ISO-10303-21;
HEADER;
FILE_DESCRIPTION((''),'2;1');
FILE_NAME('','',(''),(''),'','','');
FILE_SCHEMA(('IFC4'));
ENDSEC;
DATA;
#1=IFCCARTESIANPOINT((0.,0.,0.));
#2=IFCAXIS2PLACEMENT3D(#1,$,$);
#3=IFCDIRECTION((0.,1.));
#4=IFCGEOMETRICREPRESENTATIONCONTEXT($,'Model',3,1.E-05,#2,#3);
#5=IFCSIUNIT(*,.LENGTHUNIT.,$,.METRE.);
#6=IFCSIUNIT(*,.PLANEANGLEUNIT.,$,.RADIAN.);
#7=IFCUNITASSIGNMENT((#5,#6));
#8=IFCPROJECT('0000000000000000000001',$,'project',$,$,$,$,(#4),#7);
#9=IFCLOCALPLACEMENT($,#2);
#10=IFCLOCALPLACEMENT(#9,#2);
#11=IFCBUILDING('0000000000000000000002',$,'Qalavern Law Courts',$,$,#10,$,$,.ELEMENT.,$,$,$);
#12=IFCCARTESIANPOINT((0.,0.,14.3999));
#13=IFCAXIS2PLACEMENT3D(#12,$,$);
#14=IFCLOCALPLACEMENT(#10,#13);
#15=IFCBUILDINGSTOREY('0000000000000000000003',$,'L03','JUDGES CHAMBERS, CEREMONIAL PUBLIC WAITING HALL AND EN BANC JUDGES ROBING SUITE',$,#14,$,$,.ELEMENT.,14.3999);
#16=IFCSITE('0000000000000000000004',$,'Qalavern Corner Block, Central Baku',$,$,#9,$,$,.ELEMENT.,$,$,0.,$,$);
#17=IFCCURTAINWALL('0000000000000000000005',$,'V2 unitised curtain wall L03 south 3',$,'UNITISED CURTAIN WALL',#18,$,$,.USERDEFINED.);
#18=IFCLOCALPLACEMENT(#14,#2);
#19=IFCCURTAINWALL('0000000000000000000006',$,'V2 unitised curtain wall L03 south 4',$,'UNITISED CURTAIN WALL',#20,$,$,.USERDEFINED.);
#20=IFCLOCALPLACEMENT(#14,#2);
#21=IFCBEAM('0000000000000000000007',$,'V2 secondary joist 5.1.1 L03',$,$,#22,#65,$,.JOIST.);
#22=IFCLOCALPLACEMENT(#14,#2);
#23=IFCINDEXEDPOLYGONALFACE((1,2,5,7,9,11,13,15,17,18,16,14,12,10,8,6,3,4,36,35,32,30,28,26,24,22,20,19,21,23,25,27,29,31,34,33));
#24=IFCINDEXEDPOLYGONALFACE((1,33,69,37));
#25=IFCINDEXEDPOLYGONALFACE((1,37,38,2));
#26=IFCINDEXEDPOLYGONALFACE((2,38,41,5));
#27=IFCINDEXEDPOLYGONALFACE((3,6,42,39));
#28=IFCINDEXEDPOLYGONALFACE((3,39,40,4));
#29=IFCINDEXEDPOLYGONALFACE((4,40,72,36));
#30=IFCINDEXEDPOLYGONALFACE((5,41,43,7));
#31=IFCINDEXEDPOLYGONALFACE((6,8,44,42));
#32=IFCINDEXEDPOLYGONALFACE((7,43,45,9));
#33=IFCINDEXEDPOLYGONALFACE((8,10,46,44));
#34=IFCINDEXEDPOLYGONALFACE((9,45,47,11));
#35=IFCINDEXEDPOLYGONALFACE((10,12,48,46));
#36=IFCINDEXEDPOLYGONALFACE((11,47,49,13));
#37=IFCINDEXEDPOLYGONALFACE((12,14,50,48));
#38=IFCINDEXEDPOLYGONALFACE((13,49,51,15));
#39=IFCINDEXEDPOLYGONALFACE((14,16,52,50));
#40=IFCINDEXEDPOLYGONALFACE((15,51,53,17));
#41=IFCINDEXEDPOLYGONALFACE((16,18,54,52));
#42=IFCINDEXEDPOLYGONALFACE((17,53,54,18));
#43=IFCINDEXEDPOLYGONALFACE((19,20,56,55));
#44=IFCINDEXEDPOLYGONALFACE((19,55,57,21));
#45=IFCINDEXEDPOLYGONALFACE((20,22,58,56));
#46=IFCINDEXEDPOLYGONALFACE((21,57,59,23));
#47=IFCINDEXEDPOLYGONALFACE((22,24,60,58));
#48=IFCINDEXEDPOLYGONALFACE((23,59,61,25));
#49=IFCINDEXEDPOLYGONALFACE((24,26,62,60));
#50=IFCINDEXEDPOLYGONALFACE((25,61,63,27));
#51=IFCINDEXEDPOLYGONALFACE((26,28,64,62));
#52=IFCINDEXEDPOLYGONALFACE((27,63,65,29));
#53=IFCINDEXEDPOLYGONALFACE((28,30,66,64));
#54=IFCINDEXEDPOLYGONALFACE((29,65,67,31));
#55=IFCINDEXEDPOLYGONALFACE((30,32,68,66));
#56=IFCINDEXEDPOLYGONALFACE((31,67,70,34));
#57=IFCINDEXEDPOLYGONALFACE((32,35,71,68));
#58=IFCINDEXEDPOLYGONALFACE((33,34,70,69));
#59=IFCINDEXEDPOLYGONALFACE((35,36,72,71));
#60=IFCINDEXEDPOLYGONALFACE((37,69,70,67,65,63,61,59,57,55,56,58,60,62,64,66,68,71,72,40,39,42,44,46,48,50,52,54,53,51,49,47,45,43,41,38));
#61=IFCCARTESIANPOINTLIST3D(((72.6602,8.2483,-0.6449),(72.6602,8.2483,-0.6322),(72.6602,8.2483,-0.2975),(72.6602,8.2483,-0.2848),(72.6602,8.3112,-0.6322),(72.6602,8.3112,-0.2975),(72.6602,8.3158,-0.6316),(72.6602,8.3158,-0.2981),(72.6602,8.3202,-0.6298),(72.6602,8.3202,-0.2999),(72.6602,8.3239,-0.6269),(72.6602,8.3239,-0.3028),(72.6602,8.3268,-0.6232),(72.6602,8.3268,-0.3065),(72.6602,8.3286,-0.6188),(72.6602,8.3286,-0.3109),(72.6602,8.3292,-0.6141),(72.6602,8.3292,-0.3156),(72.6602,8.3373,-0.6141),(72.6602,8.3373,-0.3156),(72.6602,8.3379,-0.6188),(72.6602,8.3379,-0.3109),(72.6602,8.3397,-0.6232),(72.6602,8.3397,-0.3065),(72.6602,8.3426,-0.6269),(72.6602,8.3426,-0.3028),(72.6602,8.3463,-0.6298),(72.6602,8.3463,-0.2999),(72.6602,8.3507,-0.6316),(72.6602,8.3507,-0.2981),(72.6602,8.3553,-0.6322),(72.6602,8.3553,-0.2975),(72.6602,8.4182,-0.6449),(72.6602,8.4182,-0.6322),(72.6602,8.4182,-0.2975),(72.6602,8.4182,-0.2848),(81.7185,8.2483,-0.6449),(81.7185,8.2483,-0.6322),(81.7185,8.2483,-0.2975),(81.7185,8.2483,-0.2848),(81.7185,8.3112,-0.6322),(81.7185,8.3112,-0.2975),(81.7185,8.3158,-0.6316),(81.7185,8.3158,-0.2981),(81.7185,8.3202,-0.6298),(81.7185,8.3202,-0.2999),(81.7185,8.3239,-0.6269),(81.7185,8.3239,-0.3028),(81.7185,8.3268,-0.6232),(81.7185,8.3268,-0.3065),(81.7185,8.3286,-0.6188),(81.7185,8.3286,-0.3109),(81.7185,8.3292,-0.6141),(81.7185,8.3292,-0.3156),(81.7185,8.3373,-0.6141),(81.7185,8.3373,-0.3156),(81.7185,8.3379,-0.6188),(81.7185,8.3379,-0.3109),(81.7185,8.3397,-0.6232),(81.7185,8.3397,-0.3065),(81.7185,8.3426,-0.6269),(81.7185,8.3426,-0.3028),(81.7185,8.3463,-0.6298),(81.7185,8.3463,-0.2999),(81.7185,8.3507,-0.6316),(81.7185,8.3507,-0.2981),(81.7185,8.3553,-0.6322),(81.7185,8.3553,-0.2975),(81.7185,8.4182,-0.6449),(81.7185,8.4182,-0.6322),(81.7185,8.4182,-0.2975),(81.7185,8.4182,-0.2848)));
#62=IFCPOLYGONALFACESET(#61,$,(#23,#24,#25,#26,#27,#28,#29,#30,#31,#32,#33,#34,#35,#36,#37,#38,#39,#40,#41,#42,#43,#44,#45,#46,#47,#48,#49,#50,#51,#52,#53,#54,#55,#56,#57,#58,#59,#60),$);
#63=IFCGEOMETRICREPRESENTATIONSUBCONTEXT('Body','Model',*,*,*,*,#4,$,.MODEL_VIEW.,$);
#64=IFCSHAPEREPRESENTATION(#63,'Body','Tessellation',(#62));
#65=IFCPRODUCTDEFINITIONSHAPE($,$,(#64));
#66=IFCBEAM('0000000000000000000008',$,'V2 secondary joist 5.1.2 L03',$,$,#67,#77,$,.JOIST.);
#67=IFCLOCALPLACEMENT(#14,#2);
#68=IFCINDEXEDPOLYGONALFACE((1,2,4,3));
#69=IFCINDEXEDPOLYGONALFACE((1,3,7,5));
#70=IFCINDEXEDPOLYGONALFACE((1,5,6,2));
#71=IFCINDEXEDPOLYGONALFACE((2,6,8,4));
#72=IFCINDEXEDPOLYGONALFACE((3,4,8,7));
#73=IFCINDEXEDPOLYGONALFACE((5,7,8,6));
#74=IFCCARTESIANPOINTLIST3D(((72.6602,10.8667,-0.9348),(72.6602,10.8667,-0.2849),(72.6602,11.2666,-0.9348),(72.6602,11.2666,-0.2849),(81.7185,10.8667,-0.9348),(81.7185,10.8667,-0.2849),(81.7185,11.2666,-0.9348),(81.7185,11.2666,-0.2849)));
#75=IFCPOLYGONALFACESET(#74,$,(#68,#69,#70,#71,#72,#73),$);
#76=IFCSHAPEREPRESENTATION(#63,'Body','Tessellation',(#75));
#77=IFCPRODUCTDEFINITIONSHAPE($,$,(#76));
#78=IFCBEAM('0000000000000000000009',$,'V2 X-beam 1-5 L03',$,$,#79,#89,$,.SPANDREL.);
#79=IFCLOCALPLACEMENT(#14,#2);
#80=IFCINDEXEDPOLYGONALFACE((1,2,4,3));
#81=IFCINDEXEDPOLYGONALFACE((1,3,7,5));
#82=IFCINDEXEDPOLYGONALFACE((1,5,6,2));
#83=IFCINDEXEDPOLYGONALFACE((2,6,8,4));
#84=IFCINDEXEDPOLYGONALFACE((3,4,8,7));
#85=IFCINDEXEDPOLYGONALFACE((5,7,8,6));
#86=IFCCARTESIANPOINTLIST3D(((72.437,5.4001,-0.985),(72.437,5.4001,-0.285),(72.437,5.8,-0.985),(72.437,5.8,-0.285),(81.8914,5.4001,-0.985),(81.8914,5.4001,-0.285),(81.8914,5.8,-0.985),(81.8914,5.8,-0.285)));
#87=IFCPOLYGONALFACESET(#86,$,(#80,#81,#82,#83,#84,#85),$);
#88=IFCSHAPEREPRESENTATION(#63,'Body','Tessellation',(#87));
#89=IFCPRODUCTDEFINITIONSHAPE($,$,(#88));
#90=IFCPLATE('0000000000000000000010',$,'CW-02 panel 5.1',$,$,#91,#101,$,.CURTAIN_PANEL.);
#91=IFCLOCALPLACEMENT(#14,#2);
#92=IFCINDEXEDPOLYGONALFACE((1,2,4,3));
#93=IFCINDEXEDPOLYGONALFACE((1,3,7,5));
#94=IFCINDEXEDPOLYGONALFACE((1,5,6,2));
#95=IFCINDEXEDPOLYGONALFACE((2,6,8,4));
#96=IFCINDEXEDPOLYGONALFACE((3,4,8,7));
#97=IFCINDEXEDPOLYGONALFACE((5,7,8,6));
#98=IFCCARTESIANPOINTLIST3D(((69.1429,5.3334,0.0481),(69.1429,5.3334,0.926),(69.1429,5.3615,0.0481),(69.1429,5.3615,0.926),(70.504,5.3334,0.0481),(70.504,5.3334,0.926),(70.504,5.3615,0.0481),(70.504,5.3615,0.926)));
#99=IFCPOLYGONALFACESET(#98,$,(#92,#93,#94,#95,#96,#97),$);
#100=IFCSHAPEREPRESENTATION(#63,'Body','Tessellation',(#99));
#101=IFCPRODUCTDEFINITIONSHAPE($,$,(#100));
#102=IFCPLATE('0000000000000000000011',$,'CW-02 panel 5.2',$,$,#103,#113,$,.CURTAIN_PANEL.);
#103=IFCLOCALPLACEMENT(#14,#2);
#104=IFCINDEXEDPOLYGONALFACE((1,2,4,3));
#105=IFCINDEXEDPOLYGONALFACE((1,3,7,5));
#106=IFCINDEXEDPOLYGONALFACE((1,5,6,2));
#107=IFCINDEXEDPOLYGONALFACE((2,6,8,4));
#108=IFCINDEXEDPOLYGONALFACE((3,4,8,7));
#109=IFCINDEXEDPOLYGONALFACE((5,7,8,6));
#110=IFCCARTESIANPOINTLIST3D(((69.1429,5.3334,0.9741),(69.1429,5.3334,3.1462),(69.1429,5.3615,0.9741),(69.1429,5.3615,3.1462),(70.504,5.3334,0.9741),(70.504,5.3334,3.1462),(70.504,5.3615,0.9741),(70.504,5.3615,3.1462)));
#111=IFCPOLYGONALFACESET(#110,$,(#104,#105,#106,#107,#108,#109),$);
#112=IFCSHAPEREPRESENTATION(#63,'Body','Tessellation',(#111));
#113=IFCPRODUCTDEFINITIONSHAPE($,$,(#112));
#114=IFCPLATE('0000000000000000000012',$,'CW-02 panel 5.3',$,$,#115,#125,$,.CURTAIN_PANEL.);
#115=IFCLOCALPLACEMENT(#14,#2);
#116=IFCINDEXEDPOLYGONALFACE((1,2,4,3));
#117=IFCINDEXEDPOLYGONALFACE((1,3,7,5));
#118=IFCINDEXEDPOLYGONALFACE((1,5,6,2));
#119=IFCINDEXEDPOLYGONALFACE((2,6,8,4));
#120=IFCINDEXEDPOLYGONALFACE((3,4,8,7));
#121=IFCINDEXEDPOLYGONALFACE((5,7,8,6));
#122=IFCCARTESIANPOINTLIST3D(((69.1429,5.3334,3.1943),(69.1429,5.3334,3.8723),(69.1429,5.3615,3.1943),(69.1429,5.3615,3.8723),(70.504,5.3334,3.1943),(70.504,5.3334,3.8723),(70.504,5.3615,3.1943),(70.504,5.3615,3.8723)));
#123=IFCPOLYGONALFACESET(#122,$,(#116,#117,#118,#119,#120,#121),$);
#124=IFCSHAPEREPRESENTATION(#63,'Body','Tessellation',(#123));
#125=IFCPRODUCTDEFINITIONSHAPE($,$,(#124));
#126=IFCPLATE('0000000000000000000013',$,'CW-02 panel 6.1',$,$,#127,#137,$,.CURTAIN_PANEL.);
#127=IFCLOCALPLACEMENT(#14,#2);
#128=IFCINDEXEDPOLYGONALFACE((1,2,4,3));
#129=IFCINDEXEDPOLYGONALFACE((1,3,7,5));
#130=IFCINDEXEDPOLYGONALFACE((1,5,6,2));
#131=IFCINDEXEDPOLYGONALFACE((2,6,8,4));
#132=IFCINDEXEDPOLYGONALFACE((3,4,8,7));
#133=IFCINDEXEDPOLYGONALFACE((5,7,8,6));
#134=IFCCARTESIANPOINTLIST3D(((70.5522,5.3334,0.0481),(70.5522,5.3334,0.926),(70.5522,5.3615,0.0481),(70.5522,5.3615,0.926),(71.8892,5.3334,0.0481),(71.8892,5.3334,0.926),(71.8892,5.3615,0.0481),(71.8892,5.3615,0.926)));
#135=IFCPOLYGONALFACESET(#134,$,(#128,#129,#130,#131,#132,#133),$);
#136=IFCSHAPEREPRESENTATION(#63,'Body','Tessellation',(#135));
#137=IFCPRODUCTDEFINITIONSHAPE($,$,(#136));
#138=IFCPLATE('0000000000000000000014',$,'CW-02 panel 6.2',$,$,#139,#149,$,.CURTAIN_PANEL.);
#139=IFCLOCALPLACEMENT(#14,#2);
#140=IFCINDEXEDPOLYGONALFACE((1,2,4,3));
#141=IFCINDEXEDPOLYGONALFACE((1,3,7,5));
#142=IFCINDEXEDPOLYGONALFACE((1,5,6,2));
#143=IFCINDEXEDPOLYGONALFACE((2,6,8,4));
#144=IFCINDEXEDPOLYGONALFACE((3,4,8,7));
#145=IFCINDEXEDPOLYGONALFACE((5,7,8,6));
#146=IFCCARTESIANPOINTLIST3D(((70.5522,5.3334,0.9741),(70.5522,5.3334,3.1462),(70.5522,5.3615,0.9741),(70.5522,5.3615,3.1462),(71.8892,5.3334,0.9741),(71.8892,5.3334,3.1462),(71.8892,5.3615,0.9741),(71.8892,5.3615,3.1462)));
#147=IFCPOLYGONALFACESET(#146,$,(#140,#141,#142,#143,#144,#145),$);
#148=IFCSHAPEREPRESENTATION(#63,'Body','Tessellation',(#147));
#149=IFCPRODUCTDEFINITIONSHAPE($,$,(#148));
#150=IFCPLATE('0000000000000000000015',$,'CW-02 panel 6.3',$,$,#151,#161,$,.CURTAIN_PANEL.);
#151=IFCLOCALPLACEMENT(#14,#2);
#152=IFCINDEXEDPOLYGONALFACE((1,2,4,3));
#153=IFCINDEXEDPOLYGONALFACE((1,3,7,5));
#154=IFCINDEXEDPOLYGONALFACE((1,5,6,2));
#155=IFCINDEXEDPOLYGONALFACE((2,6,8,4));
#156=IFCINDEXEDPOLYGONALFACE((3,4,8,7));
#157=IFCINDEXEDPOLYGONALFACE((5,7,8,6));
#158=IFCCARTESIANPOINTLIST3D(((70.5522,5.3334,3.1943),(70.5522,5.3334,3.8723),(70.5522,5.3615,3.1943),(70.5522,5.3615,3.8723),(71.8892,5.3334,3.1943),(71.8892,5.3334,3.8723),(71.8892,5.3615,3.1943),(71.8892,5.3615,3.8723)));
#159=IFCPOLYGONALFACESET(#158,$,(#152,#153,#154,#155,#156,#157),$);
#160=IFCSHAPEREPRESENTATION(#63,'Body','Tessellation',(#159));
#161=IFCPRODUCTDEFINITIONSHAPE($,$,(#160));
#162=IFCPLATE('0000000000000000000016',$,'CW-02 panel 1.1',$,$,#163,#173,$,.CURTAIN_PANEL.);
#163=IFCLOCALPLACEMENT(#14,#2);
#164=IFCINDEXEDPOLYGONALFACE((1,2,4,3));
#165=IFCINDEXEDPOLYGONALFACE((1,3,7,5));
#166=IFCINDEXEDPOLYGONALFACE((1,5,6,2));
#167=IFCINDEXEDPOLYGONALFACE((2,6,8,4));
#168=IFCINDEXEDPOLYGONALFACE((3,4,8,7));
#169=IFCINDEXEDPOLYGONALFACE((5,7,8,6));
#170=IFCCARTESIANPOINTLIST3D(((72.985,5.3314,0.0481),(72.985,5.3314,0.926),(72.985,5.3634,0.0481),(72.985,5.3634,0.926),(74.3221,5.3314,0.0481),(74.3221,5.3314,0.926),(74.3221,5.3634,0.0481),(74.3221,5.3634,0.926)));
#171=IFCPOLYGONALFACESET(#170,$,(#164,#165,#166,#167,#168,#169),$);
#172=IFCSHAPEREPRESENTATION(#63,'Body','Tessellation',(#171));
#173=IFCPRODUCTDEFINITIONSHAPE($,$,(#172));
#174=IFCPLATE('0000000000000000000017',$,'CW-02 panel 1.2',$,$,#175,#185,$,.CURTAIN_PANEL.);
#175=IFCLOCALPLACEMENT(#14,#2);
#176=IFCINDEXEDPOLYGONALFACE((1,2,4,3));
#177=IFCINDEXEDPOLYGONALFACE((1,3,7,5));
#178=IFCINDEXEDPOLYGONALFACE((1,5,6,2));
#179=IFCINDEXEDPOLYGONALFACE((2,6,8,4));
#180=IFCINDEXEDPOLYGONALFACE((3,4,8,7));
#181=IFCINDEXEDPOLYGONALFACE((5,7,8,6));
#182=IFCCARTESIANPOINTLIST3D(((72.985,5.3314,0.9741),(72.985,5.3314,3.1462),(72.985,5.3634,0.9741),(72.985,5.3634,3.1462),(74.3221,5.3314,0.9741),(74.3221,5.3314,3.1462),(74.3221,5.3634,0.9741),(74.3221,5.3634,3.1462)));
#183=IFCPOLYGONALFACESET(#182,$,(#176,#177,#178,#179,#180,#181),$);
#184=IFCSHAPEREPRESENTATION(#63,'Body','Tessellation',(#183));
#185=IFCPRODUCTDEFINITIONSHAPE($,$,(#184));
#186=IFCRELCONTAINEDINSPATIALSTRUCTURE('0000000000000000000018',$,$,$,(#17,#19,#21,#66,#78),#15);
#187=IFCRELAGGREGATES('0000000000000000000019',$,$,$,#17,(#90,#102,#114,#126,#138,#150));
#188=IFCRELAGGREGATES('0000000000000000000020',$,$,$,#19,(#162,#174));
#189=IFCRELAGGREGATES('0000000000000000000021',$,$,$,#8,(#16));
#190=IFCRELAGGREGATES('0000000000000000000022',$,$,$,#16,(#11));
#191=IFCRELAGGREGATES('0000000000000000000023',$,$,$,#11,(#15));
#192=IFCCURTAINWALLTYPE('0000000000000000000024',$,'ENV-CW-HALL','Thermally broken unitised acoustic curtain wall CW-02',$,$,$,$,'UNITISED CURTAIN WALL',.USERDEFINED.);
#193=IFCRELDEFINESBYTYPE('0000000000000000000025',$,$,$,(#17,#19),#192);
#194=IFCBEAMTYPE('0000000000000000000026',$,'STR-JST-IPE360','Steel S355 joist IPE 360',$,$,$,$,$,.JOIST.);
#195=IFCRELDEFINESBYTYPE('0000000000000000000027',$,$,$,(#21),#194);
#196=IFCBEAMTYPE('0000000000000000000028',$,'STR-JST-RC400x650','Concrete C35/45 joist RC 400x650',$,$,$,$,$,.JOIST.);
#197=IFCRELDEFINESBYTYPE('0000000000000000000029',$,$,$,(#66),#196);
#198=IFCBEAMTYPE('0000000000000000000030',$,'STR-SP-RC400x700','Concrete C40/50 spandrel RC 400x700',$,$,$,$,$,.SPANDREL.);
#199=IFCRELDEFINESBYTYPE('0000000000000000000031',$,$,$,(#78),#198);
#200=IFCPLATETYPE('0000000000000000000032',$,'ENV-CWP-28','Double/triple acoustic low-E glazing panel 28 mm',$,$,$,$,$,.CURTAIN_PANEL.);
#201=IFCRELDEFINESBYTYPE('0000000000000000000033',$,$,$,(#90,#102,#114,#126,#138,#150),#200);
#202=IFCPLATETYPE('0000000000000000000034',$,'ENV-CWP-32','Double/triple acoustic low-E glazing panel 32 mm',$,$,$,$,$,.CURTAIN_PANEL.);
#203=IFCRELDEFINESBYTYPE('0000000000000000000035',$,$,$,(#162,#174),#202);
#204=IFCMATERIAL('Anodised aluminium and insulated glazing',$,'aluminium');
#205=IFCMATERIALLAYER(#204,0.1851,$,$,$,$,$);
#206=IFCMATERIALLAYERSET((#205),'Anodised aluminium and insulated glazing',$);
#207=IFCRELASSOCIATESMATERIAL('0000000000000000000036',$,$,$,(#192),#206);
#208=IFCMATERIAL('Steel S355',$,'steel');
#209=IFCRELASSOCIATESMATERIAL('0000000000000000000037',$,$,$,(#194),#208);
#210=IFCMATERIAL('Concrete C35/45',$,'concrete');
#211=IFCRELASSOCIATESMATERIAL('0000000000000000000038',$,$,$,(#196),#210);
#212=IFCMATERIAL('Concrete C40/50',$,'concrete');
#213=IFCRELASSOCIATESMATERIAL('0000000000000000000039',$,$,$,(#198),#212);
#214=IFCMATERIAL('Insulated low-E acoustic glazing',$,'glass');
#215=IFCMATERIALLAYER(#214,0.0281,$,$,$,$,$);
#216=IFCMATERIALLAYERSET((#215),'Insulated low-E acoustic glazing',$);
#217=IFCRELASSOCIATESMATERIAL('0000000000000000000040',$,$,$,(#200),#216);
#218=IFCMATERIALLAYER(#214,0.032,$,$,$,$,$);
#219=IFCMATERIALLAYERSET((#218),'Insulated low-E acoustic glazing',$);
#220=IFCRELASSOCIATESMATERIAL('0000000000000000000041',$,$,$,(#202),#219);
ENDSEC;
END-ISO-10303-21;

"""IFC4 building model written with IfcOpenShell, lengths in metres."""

from ifc_helpers import new_model, si_unit, direction, frame, origin, origin_2d, place, context, subcontext, project, spatial, rectangle, i_section, extrude, material, layer, layer_set, material_profile, profile_set, type_object, element, aggregate, save


model = new_model("IFC4")

# Units and contexts
model_context = context("Model", 3, precision=1e-05, world=origin(), true_north=direction((0.0, 1.0)))
body_context = subcontext(model_context, "Body", "Model", "MODEL_VIEW")
ifc_project = project(units=[si_unit("LENGTHUNIT", "METRE"), si_unit("PLANEANGLEUNIT", "RADIAN")], contexts=[model_context])

# Site, building, storey
site_placement = place(None, origin())
site = spatial("IfcSite", under=ifc_project, at=site_placement, Name="Qalavern Corner Block, Central Baku", CompositionType="ELEMENT", RefElevation=0.0)
building_placement = place(site_placement, origin())
building = spatial("IfcBuilding", under=site, at=building_placement, Name="Qalavern Law Courts", CompositionType="ELEMENT")
storey_placement = place(building_placement, frame((0.0, 0.0, 14.3999)))
storey = spatial("IfcBuildingStorey", under=building, at=storey_placement, Name="L03", Description="JUDGES CHAMBERS, CEREMONIAL PUBLIC WAITING HALL AND EN BANC JUDGES ROBING SUITE", CompositionType="ELEMENT", Elevation=14.3999)

# Curtain wall
ifc_material_1 = material(Name="Anodised aluminium and insulated glazing", Category="aluminium")
ifc_layer_1 = layer(ifc_material_1, 0.1851)
ifc_layer_set_1 = layer_set([ifc_layer_1], Name="Anodised aluminium and insulated glazing")
curtain_wall_type = type_object("IfcCurtainWallType", Name="ENV-CW-HALL", Description="Thermally broken unitised acoustic curtain wall CW-02", ElementType="UNITISED CURTAIN WALL", PredefinedType="USERDEFINED", material=ifc_layer_set_1)
curtain_wall_1_placement = place(storey_placement, origin())
curtain_wall_1 = element("IfcCurtainWall", 1, at=curtain_wall_1_placement, inside=storey, type_object=curtain_wall_type, Name="V2 unitised curtain wall L03 south 3", ObjectType="UNITISED CURTAIN WALL", PredefinedType="USERDEFINED")

# Curtain wall
curtain_wall_2_placement = place(storey_placement, origin())
curtain_wall_2 = element("IfcCurtainWall", 2, at=curtain_wall_2_placement, inside=storey, type_object=curtain_wall_type, Name="V2 unitised curtain wall L03 south 4", ObjectType="UNITISED CURTAIN WALL", PredefinedType="USERDEFINED")

# Beams
ifc_material_2 = material(Name="Steel S355", Category="steel")
ifc_material_3 = material(Name="Concrete C40/50", Category="concrete")
ifc_material_profile_1 = material_profile(ifc_material_2, i_section(OverallWidth=0.1699, OverallDepth=0.3601, WebThickness=0.0081, FlangeThickness=0.0127, FilletRadius=0.0181, at=origin_2d()), Name="IPE 360")
ifc_profile_set_1 = profile_set([ifc_material_profile_1], Name="Steel S355")
beam_type_1 = type_object("IfcBeamType", Name="STR-JST-IPE360", Description="Steel S355 joist IPE 360", PredefinedType="JOIST", material=ifc_profile_set_1)
beam_1_placement = place(storey_placement, frame((72.6602, 8.3333, -0.4648), z_axis=(1.0, 0.0, 0.0), x_axis=(0.0, 1.0, 0.0)))
element("IfcBeam", 3, at=beam_1_placement, inside=storey, type_object=beam_type_1, Name="V2 secondary joist 5.1.1 L03", PredefinedType="JOIST", context=body_context, shape_type="SweptSolid", body=[
    extrude(i_section(OverallWidth=0.1699, OverallDepth=0.3601, WebThickness=0.0081, FlangeThickness=0.0127, FilletRadius=0.0181, at=origin_2d()), origin(), (0.0, 0.0, 1.0), 9.0583),
])
ifc_material_4 = material(Name="Concrete C35/45", Category="concrete")
ifc_material_profile_2 = material_profile(ifc_material_4, rectangle(XDim=0.3999, YDim=0.6499, at=origin_2d()), Name="RC 400x650")
ifc_profile_set_2 = profile_set([ifc_material_profile_2], Name="Concrete C35/45")
beam_type_2 = type_object("IfcBeamType", Name="STR-JST-RC400x650", Description="Concrete C35/45 joist RC 400x650", PredefinedType="JOIST", material=ifc_profile_set_2)
beam_2_placement = place(storey_placement, frame((72.6602, 11.0667, -0.6099), z_axis=(1.0, 0.0, 0.0), x_axis=(0.0, 1.0, 0.0)))
element("IfcBeam", 4, at=beam_2_placement, inside=storey, type_object=beam_type_2, Name="V2 secondary joist 5.1.2 L03", PredefinedType="JOIST", context=body_context, shape_type="SweptSolid", body=[
    extrude(rectangle(XDim=0.3999, YDim=0.6499, at=origin_2d()), origin(), (0.0, 0.0, 1.0), 9.0583),
])
ifc_material_profile_3 = material_profile(ifc_material_3, rectangle(XDim=0.3999, YDim=0.7, at=origin_2d()), Name="RC 400x700")
ifc_profile_set_3 = profile_set([ifc_material_profile_3], Name="Concrete C40/50")
beam_type_3 = type_object("IfcBeamType", Name="STR-SP-RC400x700", Description="Concrete C40/50 spandrel RC 400x700", PredefinedType="SPANDREL", material=ifc_profile_set_3)
beam_3_placement = place(storey_placement, frame((72.437, 5.6001, -0.635), z_axis=(1.0, 0.0, 0.0), x_axis=(0.0, 1.0, 0.0)))
element("IfcBeam", 5, at=beam_3_placement, inside=storey, type_object=beam_type_3, Name="V2 X-beam 1-5 L03", PredefinedType="SPANDREL", context=body_context, shape_type="SweptSolid", body=[
    extrude(rectangle(XDim=0.3999, YDim=0.7, at=origin_2d()), origin(), (0.0, 0.0, 1.0), 9.4543),
])

# Plates
ifc_material_5 = material(Name="Insulated low-E acoustic glazing", Category="glass")
ifc_layer_2 = layer(ifc_material_5, 0.0281)
ifc_layer_set_2 = layer_set([ifc_layer_2], Name="Insulated low-E acoustic glazing")
plate_type_1 = type_object("IfcPlateType", Name="ENV-CWP-28", Description="Double/triple acoustic low-E glazing panel 28 mm", PredefinedType="CURTAIN_PANEL", material=ifc_layer_set_2)
plate_1_placement = place(storey_placement, frame((69.8235, 5.3474, 0.0481), z_axis=(0.0, 0.0, 1.0), x_axis=(1.0, 0.0, 0.0)))
plate_1 = element("IfcPlate", 6, at=plate_1_placement, type_object=plate_type_1, Name="CW-02 panel 5.1", PredefinedType="CURTAIN_PANEL", context=body_context, shape_type="SweptSolid", body=[
    extrude(rectangle(XDim=1.3611, YDim=0.0281, at=origin_2d()), origin(), (0.0, 0.0, 1.0), 0.8779),
])
plate_2_placement = place(storey_placement, frame((69.8235, 5.3474, 0.9741), z_axis=(0.0, 0.0, 1.0), x_axis=(1.0, 0.0, 0.0)))
plate_2 = element("IfcPlate", 7, at=plate_2_placement, type_object=plate_type_1, Name="CW-02 panel 5.2", PredefinedType="CURTAIN_PANEL", context=body_context, shape_type="SweptSolid", body=[
    extrude(rectangle(XDim=1.3611, YDim=0.0281, at=origin_2d()), origin(), (0.0, 0.0, 1.0), 2.1721),
])
plate_3_placement = place(storey_placement, frame((69.8235, 5.3474, 3.1943), z_axis=(0.0, 0.0, 1.0), x_axis=(1.0, 0.0, 0.0)))
plate_3 = element("IfcPlate", 8, at=plate_3_placement, type_object=plate_type_1, Name="CW-02 panel 5.3", PredefinedType="CURTAIN_PANEL", context=body_context, shape_type="SweptSolid", body=[
    extrude(rectangle(XDim=1.3611, YDim=0.0281, at=origin_2d()), origin(), (0.0, 0.0, 1.0), 0.678),
])
plate_4_placement = place(storey_placement, frame((71.2207, 5.3474, 0.0481), z_axis=(0.0, 0.0, 1.0), x_axis=(1.0, 0.0, 0.0)))
plate_4 = element("IfcPlate", 9, at=plate_4_placement, type_object=plate_type_1, Name="CW-02 panel 6.1", PredefinedType="CURTAIN_PANEL", context=body_context, shape_type="SweptSolid", body=[
    extrude(rectangle(XDim=1.3369, YDim=0.0281, at=origin_2d()), origin(), (0.0, 0.0, 1.0), 0.8779),
])
plate_5_placement = place(storey_placement, frame((71.2207, 5.3474, 0.9741), z_axis=(0.0, 0.0, 1.0), x_axis=(1.0, 0.0, 0.0)))
plate_5 = element("IfcPlate", 10, at=plate_5_placement, type_object=plate_type_1, Name="CW-02 panel 6.2", PredefinedType="CURTAIN_PANEL", context=body_context, shape_type="SweptSolid", body=[
    extrude(rectangle(XDim=1.3369, YDim=0.0281, at=origin_2d()), origin(), (0.0, 0.0, 1.0), 2.1721),
])
plate_6_placement = place(storey_placement, frame((71.2207, 5.3474, 3.1943), z_axis=(0.0, 0.0, 1.0), x_axis=(1.0, 0.0, 0.0)))
plate_6 = element("IfcPlate", 11, at=plate_6_placement, type_object=plate_type_1, Name="CW-02 panel 6.3", PredefinedType="CURTAIN_PANEL", context=body_context, shape_type="SweptSolid", body=[
    extrude(rectangle(XDim=1.3369, YDim=0.0281, at=origin_2d()), origin(), (0.0, 0.0, 1.0), 0.678),
])
aggregate(curtain_wall_1, [plate_1, plate_2, plate_3, plate_4, plate_5, plate_6])
ifc_layer_3 = layer(ifc_material_5, 0.032)
ifc_layer_set_3 = layer_set([ifc_layer_3], Name="Insulated low-E acoustic glazing")
plate_type_2 = type_object("IfcPlateType", Name="ENV-CWP-32", Description="Double/triple acoustic low-E glazing panel 32 mm", PredefinedType="CURTAIN_PANEL", material=ifc_layer_set_3)
plate_7_placement = place(storey_placement, frame((73.6536, 5.3474, 0.0481), z_axis=(0.0, 0.0, 1.0), x_axis=(1.0, 0.0, 0.0)))
plate_7 = element("IfcPlate", 12, at=plate_7_placement, type_object=plate_type_2, Name="CW-02 panel 1.1", PredefinedType="CURTAIN_PANEL", context=body_context, shape_type="SweptSolid", body=[
    extrude(rectangle(XDim=1.3372, YDim=0.032, at=origin_2d()), origin(), (0.0, 0.0, 1.0), 0.8779),
])
plate_8_placement = place(storey_placement, frame((73.6536, 5.3474, 0.9741), z_axis=(0.0, 0.0, 1.0), x_axis=(1.0, 0.0, 0.0)))
plate_8 = element("IfcPlate", 13, at=plate_8_placement, type_object=plate_type_2, Name="CW-02 panel 1.2", PredefinedType="CURTAIN_PANEL", context=body_context, shape_type="SweptSolid", body=[
    extrude(rectangle(XDim=1.3372, YDim=0.032, at=origin_2d()), origin(), (0.0, 0.0, 1.0), 2.1721),
])
aggregate(curtain_wall_2, [plate_7, plate_8])

save(model, "model.ifc")
